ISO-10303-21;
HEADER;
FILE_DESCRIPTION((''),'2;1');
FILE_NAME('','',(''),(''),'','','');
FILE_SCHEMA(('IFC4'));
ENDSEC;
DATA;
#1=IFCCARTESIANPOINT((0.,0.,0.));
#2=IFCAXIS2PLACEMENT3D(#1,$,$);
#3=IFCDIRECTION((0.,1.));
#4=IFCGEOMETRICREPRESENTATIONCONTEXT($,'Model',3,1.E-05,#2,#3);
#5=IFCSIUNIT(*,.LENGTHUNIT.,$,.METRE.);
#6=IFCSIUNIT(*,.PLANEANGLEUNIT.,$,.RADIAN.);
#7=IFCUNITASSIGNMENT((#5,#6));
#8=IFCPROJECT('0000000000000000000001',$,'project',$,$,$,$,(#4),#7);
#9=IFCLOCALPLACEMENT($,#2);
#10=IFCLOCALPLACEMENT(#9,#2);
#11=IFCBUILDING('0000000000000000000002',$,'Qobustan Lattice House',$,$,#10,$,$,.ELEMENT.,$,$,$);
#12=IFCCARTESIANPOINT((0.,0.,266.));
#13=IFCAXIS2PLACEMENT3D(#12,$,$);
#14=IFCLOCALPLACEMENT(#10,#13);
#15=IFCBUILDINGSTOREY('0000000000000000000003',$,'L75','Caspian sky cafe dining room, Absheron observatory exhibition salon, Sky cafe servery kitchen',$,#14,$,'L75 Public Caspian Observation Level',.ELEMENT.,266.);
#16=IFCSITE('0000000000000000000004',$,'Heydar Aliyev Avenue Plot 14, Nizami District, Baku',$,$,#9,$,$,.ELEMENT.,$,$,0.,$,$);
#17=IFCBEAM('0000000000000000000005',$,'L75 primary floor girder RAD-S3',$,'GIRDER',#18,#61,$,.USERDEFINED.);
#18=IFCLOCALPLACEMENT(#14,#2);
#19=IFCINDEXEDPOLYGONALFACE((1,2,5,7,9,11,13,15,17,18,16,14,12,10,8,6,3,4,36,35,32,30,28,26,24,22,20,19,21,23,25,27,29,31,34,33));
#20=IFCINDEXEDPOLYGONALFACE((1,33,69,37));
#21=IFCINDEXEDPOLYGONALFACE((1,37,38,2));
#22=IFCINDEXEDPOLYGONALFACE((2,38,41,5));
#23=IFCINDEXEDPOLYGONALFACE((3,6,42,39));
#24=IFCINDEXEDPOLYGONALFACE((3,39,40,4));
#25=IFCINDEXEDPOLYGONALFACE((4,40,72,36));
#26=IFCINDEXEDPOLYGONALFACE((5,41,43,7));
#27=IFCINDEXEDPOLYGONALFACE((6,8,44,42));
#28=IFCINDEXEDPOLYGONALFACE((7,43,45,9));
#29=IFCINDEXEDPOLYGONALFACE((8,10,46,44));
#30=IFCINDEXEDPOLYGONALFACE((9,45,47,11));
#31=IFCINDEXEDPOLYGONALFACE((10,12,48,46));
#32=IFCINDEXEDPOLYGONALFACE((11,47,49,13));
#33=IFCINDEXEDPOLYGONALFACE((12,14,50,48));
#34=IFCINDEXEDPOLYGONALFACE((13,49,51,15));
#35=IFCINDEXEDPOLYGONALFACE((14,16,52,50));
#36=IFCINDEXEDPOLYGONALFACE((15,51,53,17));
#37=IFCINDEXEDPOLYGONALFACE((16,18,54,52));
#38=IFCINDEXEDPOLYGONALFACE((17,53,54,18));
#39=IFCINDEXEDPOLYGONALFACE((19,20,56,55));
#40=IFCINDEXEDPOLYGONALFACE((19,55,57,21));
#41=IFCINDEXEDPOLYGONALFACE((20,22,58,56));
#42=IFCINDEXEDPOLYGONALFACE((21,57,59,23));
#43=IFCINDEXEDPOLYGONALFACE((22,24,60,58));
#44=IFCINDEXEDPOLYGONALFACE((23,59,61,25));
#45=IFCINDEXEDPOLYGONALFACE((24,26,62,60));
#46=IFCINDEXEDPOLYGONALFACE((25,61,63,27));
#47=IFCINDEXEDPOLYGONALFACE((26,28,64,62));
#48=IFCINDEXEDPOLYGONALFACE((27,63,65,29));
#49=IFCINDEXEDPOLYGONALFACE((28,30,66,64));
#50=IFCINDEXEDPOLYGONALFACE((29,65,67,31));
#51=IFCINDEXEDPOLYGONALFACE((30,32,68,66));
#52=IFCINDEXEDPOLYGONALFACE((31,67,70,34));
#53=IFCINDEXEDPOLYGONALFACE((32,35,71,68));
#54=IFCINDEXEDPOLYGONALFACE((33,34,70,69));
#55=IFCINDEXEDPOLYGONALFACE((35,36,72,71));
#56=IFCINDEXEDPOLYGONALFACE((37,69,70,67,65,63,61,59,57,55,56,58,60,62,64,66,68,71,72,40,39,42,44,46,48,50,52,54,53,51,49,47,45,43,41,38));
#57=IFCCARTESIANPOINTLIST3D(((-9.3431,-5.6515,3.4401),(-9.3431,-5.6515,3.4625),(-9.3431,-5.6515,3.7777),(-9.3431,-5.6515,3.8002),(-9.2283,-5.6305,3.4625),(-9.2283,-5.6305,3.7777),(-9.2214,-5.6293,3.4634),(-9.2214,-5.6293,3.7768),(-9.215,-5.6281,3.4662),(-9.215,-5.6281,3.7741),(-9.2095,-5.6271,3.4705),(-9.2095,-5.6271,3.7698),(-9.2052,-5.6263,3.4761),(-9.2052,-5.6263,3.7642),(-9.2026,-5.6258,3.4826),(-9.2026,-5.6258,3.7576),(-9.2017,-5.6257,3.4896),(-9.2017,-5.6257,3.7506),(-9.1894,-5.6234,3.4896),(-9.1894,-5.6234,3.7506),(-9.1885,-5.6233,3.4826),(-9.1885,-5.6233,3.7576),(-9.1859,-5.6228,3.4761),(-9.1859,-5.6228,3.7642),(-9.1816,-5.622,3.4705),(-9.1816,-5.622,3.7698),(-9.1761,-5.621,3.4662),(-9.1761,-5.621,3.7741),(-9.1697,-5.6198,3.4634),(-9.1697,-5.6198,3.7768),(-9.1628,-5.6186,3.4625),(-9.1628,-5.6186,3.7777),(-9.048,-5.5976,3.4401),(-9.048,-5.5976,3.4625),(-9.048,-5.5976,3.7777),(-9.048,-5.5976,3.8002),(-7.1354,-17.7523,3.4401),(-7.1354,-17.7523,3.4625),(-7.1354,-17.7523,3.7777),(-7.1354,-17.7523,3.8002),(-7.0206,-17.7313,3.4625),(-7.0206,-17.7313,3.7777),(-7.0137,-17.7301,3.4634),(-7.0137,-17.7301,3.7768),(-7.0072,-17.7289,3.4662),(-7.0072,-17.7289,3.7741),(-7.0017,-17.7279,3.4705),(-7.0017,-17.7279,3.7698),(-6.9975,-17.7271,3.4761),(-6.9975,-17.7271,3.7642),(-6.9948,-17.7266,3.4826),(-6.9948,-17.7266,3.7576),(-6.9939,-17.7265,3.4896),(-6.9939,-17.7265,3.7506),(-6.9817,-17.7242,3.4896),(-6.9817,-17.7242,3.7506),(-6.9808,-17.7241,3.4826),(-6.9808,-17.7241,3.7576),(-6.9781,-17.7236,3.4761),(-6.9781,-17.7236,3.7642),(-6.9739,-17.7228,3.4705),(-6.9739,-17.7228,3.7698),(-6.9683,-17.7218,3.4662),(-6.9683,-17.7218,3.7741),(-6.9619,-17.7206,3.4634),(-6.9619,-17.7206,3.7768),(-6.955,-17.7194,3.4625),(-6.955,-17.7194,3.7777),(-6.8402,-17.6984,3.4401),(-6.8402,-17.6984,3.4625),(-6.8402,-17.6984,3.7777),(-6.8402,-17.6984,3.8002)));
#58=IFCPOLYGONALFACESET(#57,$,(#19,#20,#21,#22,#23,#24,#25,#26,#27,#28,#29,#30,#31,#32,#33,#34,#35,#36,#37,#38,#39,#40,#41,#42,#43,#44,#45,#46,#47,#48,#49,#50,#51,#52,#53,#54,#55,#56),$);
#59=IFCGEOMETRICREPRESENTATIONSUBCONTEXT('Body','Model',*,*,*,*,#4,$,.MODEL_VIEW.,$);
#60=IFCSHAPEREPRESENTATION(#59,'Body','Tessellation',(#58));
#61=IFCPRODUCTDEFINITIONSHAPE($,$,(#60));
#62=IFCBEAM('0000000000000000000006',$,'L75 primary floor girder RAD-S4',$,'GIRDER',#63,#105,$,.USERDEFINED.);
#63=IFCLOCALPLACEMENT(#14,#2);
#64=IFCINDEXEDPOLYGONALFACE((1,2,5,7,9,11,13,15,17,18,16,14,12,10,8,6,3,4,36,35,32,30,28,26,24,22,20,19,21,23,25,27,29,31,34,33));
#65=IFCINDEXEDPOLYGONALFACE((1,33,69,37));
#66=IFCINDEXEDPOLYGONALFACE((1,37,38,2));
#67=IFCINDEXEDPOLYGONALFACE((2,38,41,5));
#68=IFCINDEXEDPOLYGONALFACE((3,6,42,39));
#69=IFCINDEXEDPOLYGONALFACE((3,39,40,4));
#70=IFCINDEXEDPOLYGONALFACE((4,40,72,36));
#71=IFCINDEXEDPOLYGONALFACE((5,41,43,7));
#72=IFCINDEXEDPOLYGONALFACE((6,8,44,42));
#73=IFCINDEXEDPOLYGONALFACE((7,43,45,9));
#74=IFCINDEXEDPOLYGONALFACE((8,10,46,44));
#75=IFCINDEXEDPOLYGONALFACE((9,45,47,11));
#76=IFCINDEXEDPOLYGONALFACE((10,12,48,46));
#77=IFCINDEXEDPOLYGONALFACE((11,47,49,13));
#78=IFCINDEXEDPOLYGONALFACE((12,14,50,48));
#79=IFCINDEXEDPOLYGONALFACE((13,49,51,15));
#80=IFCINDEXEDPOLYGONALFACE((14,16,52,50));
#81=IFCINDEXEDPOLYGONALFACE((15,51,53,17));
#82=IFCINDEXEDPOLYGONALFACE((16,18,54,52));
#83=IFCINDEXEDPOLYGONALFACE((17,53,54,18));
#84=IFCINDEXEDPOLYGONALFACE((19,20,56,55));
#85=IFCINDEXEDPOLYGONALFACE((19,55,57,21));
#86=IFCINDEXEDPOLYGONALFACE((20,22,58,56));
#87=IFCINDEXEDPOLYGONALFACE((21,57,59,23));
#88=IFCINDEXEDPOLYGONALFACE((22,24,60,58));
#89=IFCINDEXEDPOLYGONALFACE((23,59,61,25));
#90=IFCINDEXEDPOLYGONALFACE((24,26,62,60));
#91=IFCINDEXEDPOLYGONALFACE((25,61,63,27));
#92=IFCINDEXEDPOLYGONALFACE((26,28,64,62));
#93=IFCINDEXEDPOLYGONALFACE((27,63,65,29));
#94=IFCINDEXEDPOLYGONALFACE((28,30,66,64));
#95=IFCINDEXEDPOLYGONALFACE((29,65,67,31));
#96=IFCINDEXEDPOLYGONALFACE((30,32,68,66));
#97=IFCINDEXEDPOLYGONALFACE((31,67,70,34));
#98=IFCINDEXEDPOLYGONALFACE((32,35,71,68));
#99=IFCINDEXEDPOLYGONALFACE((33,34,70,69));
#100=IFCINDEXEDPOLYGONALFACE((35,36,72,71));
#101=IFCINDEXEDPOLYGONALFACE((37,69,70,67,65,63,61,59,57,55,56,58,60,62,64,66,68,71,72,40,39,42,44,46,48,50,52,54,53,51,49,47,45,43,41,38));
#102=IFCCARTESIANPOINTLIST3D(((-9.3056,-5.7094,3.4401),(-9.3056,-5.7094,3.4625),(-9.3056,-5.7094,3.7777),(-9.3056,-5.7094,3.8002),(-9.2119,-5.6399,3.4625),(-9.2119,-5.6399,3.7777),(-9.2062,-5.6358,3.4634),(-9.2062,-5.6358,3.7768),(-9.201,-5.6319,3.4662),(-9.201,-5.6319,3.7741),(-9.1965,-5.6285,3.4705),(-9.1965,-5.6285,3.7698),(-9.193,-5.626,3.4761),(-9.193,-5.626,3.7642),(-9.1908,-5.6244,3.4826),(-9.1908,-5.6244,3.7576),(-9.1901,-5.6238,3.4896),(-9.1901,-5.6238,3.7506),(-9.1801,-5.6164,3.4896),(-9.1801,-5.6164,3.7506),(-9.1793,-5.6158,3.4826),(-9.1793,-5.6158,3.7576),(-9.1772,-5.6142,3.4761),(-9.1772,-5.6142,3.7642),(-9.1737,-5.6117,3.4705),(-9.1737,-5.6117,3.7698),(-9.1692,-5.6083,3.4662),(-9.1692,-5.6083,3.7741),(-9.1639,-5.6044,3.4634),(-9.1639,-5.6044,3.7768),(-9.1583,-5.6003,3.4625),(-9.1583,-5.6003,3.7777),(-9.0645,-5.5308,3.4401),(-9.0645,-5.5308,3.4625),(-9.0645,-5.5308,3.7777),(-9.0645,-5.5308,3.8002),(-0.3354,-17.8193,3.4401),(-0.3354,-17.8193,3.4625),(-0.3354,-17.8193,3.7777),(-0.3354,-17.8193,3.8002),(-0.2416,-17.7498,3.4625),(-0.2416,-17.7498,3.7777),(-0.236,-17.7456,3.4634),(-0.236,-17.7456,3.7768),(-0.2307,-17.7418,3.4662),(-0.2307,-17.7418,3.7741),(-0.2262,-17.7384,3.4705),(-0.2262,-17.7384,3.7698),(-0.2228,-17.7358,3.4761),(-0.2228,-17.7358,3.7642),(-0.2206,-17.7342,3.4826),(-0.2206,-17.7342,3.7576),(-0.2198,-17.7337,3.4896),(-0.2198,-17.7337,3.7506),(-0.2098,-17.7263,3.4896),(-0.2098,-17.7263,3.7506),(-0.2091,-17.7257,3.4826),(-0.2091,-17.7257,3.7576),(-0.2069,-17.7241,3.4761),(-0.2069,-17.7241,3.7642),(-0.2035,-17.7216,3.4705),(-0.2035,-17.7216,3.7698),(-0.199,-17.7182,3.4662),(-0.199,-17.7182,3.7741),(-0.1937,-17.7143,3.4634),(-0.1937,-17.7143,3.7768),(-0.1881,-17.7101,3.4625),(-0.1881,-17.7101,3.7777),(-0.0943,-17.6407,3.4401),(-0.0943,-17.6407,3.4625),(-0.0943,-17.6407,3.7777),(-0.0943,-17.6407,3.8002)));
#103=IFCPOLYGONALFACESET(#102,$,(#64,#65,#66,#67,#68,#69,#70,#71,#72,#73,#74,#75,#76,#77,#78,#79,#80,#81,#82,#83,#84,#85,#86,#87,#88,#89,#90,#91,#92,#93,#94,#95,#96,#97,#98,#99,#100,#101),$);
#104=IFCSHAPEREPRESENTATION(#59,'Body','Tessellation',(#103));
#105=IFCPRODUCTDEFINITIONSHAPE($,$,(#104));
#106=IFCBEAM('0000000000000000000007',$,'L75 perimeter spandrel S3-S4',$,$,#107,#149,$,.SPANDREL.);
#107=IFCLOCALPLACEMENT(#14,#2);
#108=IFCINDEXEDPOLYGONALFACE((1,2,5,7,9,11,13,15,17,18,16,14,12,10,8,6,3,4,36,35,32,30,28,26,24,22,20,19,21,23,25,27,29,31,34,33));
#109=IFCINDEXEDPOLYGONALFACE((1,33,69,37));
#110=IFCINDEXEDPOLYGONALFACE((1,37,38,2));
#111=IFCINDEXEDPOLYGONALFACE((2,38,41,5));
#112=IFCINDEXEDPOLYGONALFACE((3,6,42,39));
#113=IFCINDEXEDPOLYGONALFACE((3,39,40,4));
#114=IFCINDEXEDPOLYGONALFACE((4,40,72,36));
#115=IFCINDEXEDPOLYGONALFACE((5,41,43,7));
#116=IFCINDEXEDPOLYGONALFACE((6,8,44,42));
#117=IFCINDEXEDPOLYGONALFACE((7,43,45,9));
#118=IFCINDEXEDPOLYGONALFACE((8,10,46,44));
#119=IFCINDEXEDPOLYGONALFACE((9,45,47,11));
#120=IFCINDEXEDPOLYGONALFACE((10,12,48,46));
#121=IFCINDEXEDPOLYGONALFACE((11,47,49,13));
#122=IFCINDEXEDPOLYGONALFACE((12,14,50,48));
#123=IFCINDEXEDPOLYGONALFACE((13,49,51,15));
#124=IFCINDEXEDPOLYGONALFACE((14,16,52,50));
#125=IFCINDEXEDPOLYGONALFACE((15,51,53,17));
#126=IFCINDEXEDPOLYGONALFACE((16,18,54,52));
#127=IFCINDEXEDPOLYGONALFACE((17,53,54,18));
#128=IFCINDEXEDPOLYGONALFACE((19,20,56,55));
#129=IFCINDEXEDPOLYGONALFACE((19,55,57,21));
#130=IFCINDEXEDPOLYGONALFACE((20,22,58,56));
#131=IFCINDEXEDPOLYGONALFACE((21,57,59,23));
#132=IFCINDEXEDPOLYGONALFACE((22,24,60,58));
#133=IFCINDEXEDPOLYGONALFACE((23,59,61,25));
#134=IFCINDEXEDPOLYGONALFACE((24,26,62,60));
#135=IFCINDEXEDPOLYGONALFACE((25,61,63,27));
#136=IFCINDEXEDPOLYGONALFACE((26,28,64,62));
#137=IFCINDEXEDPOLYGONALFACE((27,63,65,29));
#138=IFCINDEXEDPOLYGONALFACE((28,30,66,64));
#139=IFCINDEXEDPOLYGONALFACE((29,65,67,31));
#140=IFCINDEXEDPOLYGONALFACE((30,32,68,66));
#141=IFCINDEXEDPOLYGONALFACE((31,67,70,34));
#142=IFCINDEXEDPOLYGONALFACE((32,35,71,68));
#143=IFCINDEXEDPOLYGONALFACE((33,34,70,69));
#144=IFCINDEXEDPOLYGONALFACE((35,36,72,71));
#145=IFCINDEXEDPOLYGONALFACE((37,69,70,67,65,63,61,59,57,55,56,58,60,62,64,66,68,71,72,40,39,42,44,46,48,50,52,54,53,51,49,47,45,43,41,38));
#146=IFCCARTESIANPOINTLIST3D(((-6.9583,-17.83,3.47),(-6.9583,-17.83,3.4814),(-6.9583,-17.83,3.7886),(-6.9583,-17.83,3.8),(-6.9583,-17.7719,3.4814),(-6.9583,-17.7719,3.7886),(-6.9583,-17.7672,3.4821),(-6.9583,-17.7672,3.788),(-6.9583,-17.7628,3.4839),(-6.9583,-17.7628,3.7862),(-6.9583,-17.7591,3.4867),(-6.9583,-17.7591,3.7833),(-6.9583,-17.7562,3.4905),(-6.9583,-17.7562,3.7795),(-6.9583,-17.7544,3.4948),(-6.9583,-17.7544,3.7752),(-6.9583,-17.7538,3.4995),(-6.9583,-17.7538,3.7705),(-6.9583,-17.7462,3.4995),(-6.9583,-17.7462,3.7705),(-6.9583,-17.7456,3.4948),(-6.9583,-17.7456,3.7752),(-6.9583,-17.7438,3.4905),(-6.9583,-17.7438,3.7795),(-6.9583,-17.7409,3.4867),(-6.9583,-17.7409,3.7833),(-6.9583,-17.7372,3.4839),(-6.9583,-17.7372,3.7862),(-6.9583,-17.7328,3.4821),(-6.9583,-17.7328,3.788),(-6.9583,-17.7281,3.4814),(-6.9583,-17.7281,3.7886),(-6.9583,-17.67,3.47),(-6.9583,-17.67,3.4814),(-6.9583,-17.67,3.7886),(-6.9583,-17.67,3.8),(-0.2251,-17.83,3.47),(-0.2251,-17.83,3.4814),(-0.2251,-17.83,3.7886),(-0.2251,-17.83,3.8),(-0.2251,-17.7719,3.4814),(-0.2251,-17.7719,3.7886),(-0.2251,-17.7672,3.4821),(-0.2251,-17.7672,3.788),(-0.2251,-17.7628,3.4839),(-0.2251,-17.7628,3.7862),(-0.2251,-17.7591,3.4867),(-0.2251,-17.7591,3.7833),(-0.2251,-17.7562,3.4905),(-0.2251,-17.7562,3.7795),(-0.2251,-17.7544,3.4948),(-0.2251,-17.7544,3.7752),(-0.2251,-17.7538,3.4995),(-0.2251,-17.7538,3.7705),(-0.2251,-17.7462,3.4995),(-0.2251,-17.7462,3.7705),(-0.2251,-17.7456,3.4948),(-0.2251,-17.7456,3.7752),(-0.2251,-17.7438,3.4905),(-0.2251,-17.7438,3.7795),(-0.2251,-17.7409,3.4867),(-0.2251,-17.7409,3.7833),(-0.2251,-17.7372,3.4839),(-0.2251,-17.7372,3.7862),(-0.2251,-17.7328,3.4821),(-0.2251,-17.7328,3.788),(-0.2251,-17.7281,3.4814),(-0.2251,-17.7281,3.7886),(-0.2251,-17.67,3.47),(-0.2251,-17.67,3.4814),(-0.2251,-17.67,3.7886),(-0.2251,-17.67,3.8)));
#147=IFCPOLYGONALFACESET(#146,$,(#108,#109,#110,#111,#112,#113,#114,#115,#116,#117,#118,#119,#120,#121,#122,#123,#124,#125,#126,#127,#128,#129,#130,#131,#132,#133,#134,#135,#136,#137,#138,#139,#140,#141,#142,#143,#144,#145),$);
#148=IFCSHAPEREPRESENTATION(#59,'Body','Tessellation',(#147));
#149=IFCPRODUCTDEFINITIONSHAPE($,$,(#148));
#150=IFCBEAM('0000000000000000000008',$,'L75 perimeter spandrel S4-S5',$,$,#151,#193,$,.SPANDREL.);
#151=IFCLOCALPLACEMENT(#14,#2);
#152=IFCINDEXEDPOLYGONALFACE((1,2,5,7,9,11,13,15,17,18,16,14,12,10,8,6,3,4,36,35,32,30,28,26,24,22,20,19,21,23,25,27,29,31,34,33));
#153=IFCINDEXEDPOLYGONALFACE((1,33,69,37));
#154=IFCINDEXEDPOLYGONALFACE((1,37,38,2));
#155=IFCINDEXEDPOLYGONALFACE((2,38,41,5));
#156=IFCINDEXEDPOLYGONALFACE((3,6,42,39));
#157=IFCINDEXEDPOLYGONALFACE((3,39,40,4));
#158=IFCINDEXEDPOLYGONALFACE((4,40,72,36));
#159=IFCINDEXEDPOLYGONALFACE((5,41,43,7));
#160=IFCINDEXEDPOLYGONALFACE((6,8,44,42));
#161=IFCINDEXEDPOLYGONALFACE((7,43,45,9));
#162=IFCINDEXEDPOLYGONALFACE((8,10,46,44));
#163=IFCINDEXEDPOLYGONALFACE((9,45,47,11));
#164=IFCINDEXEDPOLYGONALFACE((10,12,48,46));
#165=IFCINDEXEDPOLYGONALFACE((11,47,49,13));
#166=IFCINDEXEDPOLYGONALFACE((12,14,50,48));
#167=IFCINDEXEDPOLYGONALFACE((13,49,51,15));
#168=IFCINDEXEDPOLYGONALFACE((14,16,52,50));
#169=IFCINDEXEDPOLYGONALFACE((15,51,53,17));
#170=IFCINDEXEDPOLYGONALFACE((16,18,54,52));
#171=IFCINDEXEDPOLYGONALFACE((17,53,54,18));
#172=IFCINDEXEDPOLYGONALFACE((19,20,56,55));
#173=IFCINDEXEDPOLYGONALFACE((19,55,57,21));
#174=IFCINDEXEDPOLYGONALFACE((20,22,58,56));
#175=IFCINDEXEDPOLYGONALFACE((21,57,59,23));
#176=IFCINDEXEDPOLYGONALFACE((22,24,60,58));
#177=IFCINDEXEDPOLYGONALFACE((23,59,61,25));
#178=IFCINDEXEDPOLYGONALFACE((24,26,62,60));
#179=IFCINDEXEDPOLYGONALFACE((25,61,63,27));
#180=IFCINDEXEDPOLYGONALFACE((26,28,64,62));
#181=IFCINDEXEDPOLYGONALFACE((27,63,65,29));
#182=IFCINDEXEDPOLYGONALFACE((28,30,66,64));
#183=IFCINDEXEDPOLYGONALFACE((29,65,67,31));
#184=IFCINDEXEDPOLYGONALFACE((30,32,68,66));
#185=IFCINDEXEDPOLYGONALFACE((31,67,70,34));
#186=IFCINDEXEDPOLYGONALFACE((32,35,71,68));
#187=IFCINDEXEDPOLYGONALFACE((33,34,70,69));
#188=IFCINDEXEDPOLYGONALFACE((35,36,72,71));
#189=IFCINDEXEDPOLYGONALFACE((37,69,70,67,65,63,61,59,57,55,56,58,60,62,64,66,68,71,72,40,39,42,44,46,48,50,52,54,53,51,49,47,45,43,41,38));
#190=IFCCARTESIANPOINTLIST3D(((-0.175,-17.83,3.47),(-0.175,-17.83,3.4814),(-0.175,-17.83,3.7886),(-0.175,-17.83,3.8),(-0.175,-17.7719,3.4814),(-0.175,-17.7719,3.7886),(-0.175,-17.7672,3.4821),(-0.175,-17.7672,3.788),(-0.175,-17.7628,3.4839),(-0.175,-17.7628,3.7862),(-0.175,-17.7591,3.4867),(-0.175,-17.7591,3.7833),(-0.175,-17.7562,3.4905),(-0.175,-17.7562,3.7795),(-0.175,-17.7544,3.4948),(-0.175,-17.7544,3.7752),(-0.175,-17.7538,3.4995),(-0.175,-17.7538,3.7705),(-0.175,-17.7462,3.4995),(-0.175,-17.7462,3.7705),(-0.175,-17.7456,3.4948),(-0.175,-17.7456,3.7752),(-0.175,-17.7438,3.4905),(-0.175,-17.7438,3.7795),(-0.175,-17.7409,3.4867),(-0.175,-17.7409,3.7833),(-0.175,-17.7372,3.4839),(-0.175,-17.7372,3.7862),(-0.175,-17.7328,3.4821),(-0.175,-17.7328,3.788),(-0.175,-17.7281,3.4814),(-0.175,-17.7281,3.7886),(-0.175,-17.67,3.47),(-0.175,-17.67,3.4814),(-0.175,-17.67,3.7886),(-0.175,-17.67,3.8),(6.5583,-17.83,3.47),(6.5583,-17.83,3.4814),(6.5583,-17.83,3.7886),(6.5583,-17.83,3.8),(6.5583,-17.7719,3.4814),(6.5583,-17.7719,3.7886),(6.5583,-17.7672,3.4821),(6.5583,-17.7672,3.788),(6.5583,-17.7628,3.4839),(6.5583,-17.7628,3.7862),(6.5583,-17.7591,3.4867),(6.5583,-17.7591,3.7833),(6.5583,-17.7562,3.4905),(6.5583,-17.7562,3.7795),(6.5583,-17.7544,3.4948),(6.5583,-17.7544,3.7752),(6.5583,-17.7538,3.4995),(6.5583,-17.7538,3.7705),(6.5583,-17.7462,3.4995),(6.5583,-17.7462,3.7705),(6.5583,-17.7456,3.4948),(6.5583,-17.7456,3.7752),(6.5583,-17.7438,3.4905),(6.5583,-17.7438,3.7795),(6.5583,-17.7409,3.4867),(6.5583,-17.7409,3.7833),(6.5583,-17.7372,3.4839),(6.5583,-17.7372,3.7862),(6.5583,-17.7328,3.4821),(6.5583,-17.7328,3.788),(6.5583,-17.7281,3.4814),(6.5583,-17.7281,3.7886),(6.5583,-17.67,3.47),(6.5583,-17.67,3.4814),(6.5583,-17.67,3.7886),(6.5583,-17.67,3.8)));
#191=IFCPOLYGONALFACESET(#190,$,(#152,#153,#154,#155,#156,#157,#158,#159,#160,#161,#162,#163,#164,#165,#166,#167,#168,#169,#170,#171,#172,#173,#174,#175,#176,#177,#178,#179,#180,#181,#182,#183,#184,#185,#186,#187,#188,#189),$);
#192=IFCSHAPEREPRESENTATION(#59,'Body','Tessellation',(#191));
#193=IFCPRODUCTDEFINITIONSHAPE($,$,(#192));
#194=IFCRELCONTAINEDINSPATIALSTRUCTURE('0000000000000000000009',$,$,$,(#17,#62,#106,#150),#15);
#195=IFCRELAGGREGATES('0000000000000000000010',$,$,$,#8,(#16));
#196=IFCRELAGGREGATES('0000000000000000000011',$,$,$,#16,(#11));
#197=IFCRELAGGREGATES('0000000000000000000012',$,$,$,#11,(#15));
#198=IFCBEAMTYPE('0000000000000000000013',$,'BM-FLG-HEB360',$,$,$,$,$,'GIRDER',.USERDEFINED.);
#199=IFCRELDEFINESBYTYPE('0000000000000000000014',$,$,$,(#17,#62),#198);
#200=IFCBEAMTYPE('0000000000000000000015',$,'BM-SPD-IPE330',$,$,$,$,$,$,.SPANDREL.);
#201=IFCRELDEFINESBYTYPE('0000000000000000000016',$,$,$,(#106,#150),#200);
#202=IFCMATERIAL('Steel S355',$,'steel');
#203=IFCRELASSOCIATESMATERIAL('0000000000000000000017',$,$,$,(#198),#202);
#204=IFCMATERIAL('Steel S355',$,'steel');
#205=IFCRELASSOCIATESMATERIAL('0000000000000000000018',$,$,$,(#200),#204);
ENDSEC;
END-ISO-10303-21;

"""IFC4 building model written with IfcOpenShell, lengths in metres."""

from ifc_helpers import new_model, si_unit, direction, frame, origin, origin_2d, place, context, subcontext, project, spatial, i_section, extrude, material, material_profile, profile_set, type_object, element, save


model = new_model("IFC4")

# Units and contexts
model_context = context("Model", 3, precision=1e-05, world=origin(), true_north=direction((0.0, 1.0)))
body_context = subcontext(model_context, "Body", "Model", "MODEL_VIEW")
ifc_project = project(units=[si_unit("LENGTHUNIT", "METRE"), si_unit("PLANEANGLEUNIT", "RADIAN")], contexts=[model_context])

# Site, building, storey
site_placement = place(None, origin())
site = spatial("IfcSite", under=ifc_project, at=site_placement, Name="Heydar Aliyev Avenue Plot 14, Nizami District, Baku", CompositionType="ELEMENT", RefElevation=0.0)
building_placement = place(site_placement, origin())
building = spatial("IfcBuilding", under=site, at=building_placement, Name="Qobustan Lattice House", CompositionType="ELEMENT")
storey_placement = place(building_placement, frame((0.0, 0.0, 266.0)))
storey = spatial("IfcBuildingStorey", under=building, at=storey_placement, Name="L75", Description="Caspian sky cafe dining room, Absheron observatory exhibition salon, Sky cafe servery kitchen", LongName="L75 Public Caspian Observation Level", CompositionType="ELEMENT", Elevation=266.0)

# Beams
ifc_material_1 = material(Name="Steel S355", Category="steel")
ifc_material_profile_1 = material_profile(ifc_material_1, i_section(OverallWidth=0.3, OverallDepth=0.3601, WebThickness=0.0125, FlangeThickness=0.0225, FilletRadius=0.0271, at=origin_2d()), Name="HEB360")
ifc_profile_set_1 = profile_set([ifc_material_profile_1], Name="Steel S355")
beam_type_1 = type_object("IfcBeamType", Name="BM-FLG-HEB360", ElementType="GIRDER", PredefinedType="USERDEFINED", material=ifc_profile_set_1)
beam_1_placement = place(storey_placement, frame((-6.9878, -17.7253, 3.6201), z_axis=(-0.179484, 0.983761, 0.0), x_axis=(-0.983761, -0.179484, 0.0)))
element("IfcBeam", 1, at=beam_1_placement, inside=storey, type_object=beam_type_1, Name="L75 primary floor girder RAD-S3", ObjectType="GIRDER", PredefinedType="USERDEFINED", context=body_context, shape_type="SweptSolid", body=[
    extrude(i_section(OverallWidth=0.3, OverallDepth=0.3601, WebThickness=0.0125, FlangeThickness=0.0225, FilletRadius=0.0271, at=origin_2d()), origin(), (0.0, 0.0, 1.0), 12.3005),
])
beam_2_placement = place(storey_placement, frame((-0.2148, -17.73, 3.6201), z_axis=(-0.595225, 0.803559, 0.0), x_axis=(-0.803559, -0.595225, 0.0)))
element("IfcBeam", 2, at=beam_2_placement, inside=storey, type_object=beam_type_1, Name="L75 primary floor girder RAD-S4", ObjectType="GIRDER", PredefinedType="USERDEFINED", context=body_context, shape_type="SweptSolid", body=[
    extrude(i_section(OverallWidth=0.3, OverallDepth=0.3601, WebThickness=0.0125, FlangeThickness=0.0225, FilletRadius=0.0271, at=origin_2d()), origin(), (0.0, 0.0, 1.0), 15.0703),
])
ifc_material_2 = material(Name="Steel S355", Category="steel")
ifc_material_profile_2 = material_profile(ifc_material_2, i_section(OverallWidth=0.1599, OverallDepth=0.3301, WebThickness=0.0076, FlangeThickness=0.0115, FilletRadius=0.0181, at=origin_2d()), Name="IPE330")
ifc_profile_set_2 = profile_set([ifc_material_profile_2], Name="Steel S355")
beam_type_2 = type_object("IfcBeamType", Name="BM-SPD-IPE330", PredefinedType="SPANDREL", material=ifc_profile_set_2)
beam_3_placement = place(storey_placement, frame((-6.9583, -17.75, 3.635), z_axis=(1.0, 0.0, 0.0), x_axis=(0.0, 1.0, 0.0)))
element("IfcBeam", 3, at=beam_3_placement, inside=storey, type_object=beam_type_2, Name="L75 perimeter spandrel S3-S4", PredefinedType="SPANDREL", context=body_context, shape_type="SweptSolid", body=[
    extrude(i_section(OverallWidth=0.1599, OverallDepth=0.3301, WebThickness=0.0076, FlangeThickness=0.0115, FilletRadius=0.0181, at=origin_2d()), origin(), (0.0, 0.0, 1.0), 6.7332),
])
beam_4_placement = place(storey_placement, frame((-0.175, -17.75, 3.635), z_axis=(1.0, 0.0, 0.0), x_axis=(0.0, 1.0, 0.0)))
element("IfcBeam", 4, at=beam_4_placement, inside=storey, type_object=beam_type_2, Name="L75 perimeter spandrel S4-S5", PredefinedType="SPANDREL", context=body_context, shape_type="SweptSolid", body=[
    extrude(i_section(OverallWidth=0.1599, OverallDepth=0.3301, WebThickness=0.0076, FlangeThickness=0.0115, FilletRadius=0.0181, at=origin_2d()), origin(), (0.0, 0.0, 1.0), 6.7334),
])

save(model, "model.ifc")
